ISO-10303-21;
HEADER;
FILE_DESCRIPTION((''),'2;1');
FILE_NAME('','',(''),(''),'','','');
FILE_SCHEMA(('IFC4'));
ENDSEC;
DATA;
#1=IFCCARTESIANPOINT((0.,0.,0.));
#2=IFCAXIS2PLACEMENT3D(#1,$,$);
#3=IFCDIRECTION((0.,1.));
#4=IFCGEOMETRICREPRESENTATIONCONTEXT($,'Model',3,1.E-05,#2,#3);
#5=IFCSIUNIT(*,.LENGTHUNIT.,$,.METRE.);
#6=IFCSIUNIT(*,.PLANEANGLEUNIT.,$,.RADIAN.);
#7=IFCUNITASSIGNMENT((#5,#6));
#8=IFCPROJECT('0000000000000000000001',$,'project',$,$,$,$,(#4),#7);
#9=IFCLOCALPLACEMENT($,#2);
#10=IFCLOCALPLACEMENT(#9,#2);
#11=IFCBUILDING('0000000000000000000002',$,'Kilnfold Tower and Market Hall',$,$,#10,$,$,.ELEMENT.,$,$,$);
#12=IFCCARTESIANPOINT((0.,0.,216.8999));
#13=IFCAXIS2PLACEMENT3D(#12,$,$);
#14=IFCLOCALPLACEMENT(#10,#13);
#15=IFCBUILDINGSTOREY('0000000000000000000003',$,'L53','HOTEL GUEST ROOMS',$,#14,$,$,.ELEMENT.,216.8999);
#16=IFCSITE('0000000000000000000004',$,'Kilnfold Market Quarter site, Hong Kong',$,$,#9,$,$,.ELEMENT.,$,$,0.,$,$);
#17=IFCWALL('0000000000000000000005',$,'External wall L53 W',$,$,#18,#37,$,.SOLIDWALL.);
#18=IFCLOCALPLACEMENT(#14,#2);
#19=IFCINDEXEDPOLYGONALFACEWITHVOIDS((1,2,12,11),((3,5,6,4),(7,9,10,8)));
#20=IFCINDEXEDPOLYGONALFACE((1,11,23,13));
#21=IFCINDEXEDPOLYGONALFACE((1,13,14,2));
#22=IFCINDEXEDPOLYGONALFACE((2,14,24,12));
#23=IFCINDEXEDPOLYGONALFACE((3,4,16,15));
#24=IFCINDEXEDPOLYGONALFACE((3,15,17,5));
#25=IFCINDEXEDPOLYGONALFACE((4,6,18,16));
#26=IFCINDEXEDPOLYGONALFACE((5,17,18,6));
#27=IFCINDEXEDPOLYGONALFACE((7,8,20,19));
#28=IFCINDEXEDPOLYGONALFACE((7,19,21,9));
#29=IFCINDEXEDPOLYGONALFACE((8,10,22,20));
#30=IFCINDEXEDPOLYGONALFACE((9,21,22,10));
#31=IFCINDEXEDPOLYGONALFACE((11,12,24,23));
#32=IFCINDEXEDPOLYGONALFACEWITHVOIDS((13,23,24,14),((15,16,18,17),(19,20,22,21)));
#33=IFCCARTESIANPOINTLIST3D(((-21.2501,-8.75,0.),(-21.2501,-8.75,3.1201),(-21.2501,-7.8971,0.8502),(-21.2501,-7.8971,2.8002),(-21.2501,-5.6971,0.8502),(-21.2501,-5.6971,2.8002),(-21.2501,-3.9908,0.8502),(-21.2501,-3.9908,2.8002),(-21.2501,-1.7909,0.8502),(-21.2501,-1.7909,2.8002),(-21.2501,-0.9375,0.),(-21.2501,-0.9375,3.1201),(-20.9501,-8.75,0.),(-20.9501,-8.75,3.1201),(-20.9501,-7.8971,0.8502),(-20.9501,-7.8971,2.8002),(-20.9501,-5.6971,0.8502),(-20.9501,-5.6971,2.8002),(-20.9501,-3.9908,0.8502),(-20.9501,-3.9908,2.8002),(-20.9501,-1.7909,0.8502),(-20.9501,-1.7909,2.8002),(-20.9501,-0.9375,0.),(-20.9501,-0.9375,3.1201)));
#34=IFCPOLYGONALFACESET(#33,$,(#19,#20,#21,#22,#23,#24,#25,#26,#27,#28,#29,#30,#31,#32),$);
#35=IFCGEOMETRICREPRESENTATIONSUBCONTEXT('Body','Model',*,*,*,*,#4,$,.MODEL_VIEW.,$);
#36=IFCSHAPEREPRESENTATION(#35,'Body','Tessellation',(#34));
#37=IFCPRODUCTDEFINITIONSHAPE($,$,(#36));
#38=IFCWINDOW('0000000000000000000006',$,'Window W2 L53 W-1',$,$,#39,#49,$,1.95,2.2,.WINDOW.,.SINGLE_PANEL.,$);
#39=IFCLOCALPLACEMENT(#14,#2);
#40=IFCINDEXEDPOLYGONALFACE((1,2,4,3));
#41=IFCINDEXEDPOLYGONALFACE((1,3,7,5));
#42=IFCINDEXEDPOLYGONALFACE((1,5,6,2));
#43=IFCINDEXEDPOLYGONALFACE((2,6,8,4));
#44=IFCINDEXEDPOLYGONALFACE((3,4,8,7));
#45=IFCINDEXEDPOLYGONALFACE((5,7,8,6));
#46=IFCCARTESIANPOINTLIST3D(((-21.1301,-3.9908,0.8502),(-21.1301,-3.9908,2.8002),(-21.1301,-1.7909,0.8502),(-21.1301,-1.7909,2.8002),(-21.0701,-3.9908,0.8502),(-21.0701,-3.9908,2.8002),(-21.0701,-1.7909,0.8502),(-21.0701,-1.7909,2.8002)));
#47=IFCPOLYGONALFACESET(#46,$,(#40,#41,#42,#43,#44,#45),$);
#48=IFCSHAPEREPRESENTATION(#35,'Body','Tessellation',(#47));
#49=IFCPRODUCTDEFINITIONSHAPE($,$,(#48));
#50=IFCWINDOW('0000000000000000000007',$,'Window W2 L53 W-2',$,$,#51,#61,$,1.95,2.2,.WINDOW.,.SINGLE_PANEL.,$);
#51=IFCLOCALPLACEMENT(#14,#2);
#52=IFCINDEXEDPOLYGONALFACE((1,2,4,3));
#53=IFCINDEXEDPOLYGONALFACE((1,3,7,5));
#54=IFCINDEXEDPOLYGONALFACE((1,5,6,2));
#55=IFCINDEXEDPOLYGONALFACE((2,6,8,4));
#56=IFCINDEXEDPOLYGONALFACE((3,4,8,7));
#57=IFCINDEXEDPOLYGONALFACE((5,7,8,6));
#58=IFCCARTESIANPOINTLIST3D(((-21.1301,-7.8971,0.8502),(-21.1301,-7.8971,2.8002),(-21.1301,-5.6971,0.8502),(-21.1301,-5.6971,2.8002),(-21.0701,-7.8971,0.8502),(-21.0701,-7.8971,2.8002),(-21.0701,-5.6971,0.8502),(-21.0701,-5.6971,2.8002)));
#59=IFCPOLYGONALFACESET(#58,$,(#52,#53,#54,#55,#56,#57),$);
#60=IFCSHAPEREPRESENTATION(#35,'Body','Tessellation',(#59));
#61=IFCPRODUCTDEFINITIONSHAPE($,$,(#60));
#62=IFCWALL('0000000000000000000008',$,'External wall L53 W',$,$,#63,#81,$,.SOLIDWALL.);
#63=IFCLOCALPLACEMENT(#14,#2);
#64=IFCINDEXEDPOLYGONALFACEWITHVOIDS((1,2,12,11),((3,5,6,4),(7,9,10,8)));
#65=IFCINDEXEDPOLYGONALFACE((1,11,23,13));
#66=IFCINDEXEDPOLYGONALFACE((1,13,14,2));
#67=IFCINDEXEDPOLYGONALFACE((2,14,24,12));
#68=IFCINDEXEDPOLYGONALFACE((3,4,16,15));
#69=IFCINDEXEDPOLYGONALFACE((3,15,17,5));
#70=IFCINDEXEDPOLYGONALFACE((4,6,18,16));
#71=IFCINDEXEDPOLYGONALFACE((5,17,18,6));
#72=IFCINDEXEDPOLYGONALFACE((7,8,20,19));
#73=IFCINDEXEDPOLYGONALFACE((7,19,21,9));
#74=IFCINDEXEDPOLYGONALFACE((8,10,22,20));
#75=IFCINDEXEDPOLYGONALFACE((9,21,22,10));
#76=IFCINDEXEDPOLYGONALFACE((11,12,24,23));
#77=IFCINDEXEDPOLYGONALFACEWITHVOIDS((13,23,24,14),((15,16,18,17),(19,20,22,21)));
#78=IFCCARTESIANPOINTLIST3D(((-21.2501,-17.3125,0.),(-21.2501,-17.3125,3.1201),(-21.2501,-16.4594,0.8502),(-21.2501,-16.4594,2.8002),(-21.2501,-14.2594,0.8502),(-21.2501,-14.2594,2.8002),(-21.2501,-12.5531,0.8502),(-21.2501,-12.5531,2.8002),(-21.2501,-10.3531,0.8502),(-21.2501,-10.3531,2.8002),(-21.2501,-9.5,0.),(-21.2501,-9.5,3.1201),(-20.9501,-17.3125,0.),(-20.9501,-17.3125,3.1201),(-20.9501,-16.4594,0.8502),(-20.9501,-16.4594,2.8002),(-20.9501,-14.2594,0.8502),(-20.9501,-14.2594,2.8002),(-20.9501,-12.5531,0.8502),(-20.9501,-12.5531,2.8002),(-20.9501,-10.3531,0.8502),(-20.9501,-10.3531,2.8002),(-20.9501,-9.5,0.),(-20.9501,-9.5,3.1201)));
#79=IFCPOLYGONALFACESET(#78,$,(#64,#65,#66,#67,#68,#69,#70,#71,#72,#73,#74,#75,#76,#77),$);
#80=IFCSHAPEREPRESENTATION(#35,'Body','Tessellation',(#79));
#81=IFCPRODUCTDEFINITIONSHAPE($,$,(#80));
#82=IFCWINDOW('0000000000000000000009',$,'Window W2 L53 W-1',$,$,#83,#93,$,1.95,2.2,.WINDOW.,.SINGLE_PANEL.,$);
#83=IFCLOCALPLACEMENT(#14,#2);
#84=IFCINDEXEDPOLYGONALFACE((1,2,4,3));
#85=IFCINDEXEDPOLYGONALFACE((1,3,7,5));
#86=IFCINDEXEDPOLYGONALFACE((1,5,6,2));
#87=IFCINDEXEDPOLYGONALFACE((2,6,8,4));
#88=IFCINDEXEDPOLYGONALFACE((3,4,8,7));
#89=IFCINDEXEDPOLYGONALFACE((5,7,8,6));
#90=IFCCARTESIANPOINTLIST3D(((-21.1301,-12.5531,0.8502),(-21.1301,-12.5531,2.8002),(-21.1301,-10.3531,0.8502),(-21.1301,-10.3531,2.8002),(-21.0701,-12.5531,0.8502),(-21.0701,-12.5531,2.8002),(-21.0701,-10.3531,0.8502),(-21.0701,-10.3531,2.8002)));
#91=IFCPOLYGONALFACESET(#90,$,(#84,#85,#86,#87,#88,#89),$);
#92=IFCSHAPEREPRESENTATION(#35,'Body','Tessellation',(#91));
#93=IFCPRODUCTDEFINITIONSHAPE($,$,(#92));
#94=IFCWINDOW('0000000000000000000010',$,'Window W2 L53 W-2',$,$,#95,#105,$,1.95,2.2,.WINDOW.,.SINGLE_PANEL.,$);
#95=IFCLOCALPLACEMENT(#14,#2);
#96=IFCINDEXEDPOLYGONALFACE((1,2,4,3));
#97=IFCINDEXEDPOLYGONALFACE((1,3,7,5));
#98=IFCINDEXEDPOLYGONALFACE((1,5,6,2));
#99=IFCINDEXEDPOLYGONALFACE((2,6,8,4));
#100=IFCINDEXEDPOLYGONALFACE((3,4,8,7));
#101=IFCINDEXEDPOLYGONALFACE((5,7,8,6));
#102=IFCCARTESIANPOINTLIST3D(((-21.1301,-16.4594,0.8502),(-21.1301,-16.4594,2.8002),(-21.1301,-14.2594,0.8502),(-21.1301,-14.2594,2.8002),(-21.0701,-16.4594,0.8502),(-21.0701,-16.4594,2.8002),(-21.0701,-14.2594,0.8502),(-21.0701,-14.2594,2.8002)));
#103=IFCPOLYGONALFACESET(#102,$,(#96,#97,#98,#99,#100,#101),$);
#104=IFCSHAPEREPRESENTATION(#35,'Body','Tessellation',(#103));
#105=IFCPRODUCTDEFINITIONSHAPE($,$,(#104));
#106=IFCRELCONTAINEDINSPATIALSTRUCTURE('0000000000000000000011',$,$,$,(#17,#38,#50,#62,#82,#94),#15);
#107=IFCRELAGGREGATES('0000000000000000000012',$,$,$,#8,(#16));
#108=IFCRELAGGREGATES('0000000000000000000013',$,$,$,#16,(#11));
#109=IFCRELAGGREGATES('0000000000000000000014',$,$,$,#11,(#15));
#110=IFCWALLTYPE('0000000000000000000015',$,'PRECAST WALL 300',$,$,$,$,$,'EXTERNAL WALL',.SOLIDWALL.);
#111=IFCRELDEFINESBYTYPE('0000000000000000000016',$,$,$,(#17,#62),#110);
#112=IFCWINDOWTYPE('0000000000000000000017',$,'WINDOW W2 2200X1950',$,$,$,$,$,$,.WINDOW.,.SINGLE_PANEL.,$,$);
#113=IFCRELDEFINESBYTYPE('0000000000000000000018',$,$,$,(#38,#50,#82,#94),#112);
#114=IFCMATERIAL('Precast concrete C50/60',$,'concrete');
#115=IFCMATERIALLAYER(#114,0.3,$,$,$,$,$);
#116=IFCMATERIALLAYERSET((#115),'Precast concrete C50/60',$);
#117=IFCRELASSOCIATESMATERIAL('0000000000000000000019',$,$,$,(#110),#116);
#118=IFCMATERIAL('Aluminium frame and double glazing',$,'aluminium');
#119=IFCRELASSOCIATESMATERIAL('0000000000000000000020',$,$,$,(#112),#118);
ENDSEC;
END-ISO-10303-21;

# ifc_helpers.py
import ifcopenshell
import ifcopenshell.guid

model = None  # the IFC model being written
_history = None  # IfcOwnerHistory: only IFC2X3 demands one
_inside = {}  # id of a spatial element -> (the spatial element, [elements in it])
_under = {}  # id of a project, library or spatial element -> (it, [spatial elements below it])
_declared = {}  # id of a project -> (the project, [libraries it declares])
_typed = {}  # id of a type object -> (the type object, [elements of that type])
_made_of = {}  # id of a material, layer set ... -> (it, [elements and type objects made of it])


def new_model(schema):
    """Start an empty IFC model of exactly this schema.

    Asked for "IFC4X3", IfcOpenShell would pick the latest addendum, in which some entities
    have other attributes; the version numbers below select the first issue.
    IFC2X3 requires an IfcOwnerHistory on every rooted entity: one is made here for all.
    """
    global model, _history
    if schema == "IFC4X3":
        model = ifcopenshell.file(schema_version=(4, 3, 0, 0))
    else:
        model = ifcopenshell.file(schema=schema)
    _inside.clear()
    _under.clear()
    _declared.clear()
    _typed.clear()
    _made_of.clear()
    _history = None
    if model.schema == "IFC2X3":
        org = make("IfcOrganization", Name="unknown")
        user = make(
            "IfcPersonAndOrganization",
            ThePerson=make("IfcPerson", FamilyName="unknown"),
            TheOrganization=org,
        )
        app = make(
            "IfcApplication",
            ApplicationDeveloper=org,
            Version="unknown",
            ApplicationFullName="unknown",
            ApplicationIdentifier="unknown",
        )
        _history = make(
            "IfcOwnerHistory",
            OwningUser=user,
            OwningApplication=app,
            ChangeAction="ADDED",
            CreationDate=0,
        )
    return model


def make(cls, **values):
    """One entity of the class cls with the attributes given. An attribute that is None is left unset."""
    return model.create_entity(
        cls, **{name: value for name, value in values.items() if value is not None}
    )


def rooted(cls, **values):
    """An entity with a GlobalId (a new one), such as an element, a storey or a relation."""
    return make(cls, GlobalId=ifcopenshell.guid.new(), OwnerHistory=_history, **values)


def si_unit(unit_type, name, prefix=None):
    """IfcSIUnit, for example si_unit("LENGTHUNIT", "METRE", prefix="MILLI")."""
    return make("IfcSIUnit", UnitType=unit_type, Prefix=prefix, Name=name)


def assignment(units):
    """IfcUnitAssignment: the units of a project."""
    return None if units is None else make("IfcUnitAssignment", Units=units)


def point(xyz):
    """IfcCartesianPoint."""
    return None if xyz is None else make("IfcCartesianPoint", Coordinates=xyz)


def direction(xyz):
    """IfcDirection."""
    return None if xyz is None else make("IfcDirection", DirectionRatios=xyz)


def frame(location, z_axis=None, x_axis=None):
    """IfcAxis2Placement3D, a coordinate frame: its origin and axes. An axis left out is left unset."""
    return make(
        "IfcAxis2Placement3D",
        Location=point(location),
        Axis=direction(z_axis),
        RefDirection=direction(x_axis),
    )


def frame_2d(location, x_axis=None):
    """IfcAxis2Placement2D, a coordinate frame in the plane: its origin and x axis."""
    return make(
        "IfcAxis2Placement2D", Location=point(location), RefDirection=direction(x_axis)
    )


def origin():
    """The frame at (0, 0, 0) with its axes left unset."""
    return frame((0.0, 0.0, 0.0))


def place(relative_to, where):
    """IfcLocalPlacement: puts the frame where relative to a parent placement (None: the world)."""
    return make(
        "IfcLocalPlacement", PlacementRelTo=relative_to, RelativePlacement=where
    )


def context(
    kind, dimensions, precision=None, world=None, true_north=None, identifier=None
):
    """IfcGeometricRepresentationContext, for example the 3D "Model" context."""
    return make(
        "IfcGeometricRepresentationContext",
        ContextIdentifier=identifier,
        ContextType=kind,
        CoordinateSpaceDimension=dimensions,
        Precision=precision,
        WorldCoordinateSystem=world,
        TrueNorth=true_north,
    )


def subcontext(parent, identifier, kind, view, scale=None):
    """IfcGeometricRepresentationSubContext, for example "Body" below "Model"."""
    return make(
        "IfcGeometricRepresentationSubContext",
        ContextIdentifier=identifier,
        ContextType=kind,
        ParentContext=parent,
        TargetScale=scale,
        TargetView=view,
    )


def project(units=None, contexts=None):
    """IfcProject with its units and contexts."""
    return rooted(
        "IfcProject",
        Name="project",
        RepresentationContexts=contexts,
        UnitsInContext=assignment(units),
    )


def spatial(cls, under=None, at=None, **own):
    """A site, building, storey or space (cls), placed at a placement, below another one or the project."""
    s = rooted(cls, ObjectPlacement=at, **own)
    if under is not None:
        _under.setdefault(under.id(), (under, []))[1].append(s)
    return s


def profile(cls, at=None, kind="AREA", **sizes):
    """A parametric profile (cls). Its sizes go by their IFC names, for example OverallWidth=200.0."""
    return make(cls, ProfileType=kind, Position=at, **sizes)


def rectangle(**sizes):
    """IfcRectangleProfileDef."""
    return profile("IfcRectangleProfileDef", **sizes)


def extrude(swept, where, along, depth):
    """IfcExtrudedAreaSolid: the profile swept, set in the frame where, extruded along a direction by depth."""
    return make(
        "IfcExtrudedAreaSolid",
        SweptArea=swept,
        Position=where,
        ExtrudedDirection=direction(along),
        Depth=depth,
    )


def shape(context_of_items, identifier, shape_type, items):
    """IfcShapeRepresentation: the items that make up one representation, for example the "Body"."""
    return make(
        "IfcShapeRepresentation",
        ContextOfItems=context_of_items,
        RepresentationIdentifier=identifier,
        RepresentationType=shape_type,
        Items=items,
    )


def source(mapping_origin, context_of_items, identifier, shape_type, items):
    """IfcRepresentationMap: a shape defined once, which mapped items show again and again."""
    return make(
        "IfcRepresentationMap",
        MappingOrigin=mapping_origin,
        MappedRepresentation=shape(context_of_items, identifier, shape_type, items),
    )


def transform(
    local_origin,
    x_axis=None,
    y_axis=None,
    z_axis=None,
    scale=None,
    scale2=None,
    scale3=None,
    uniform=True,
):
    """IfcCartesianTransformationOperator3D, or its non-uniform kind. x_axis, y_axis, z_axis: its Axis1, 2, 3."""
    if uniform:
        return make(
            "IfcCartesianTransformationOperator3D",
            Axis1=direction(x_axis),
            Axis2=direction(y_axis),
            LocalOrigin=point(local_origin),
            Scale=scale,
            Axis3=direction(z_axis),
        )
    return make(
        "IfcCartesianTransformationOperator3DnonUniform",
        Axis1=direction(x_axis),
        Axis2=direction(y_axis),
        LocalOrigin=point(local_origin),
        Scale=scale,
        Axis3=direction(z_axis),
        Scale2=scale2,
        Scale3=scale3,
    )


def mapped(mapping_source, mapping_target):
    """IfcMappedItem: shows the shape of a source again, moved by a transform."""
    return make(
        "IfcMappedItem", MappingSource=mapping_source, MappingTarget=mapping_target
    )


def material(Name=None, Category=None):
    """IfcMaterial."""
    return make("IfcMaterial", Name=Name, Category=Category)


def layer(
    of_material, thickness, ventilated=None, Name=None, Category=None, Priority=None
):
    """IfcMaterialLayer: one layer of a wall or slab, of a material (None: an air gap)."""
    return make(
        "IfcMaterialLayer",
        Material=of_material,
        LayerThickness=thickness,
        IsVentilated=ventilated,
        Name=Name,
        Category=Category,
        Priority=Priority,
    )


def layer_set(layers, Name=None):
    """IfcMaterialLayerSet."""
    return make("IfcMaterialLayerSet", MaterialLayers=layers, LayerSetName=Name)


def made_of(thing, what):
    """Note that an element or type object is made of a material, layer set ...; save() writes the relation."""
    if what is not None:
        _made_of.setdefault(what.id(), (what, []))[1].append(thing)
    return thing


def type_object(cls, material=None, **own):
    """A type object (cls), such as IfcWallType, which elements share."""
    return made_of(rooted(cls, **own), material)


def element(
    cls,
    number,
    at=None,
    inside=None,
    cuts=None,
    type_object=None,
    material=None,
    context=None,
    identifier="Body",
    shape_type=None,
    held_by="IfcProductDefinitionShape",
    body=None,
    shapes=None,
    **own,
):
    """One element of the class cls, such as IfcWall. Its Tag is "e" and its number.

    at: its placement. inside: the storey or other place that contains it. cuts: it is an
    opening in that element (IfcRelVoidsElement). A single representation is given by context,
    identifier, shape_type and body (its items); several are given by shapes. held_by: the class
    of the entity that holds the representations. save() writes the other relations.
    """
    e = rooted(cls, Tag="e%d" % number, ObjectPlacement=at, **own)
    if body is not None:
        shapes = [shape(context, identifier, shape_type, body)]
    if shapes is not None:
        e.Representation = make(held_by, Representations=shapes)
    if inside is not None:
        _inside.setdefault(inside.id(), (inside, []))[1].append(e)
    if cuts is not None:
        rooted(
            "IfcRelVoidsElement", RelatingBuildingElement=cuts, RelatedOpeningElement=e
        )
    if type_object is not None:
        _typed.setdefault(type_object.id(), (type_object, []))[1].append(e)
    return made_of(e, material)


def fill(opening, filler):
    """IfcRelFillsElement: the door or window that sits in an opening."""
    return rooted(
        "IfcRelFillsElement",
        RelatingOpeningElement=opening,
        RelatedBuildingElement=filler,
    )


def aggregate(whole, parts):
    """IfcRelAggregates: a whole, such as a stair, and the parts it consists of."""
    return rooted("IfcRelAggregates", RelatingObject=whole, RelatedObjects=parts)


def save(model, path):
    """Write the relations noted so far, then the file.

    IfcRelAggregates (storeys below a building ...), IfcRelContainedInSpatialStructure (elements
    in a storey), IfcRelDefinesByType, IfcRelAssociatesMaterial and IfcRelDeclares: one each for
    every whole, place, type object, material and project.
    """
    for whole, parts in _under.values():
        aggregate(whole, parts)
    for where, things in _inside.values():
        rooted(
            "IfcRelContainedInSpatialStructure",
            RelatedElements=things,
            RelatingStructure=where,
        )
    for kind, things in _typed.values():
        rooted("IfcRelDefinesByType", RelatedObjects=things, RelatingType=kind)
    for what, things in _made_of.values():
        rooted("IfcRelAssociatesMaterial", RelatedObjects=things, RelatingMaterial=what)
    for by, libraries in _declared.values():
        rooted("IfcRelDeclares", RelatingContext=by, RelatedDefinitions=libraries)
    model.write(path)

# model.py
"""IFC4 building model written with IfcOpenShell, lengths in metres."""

from ifc_helpers import new_model, si_unit, direction, frame, frame_2d, origin, place, context, subcontext, project, spatial, rectangle, extrude, source, transform, mapped, material, layer, layer_set, type_object, element, fill, save


model = new_model("IFC4")

# Units and contexts
model_context = context("Model", 3, precision=1e-05, world=origin(), true_north=direction((0.0, 1.0)))
body_context = subcontext(model_context, "Body", "Model", "MODEL_VIEW")
ifc_project = project(units=[si_unit("LENGTHUNIT", "METRE"), si_unit("PLANEANGLEUNIT", "RADIAN")], contexts=[model_context])

# Site, building, storey
site_placement = place(None, origin())
site = spatial("IfcSite", under=ifc_project, at=site_placement, Name="Kilnfold Market Quarter site, Hong Kong", CompositionType="ELEMENT", RefElevation=0.0)
building_placement = place(site_placement, origin())
building = spatial("IfcBuilding", under=site, at=building_placement, Name="Kilnfold Tower and Market Hall", CompositionType="ELEMENT")
storey_placement = place(building_placement, frame((0.0, 0.0, 216.8999)))
storey = spatial("IfcBuildingStorey", under=building, at=storey_placement, Name="L53", Description="HOTEL GUEST ROOMS", CompositionType="ELEMENT", Elevation=216.8999)

# Walls, openings, windows
ifc_material_1 = material(Name="Precast concrete C50/60", Category="concrete")
ifc_layer_1 = layer(ifc_material_1, 0.3)
ifc_layer_set_1 = layer_set([ifc_layer_1], Name="Precast concrete C50/60")
wall_type_1 = type_object("IfcWallType", Name="PRECAST WALL 300", ElementType="EXTERNAL WALL", PredefinedType="SOLIDWALL", material=ifc_layer_set_1)
shared_shape_1 = source(origin(), body_context, "Body", "SweptSolid", [
    extrude(rectangle(XDim=7.8125, YDim=0.3, at=frame_2d((3.9062, 0.0))), origin(), (0.0, 0.0, 1.0), 3.1201),
])
wall_1_placement = place(storey_placement, frame((-21.1001, -0.9375, 0.0), z_axis=(0.0, 0.0, 1.0), x_axis=(0.0, -1.0, 0.0)))
wall_1 = element("IfcWall", 1, at=wall_1_placement, inside=storey, type_object=wall_type_1, Name="External wall L53 W", PredefinedType="SOLIDWALL", context=body_context, shape_type="MappedRepresentation", body=[
    mapped(shared_shape_1, transform((0.0, 0.0, 0.0))),
])
opening_1_placement = place(wall_1_placement, frame((0.8533, 0.0, 0.8501)))
opening_1 = element("IfcOpeningElement", 2, at=opening_1_placement, cuts=wall_1, PredefinedType="OPENING", context=body_context, shape_type="SweptSolid", body=[
    extrude(rectangle(XDim=2.2, YDim=1.95, at=frame_2d((1.1001, 0.9751))), frame((0.0, 0.1602, 0.0), z_axis=(0.0, -1.0, 0.0), x_axis=(1.0, 0.0, 0.0)), (0.0, 0.0, 1.0), 0.3201),
])
opening_2_placement = place(wall_1_placement, frame((4.7595, 0.0, 0.8501)))
opening_2 = element("IfcOpeningElement", 3, at=opening_2_placement, cuts=wall_1, PredefinedType="OPENING", context=body_context, shape_type="SweptSolid", body=[
    extrude(rectangle(XDim=2.2, YDim=1.95, at=frame_2d((1.1001, 0.9751))), frame((0.0, 0.1602, 0.0), z_axis=(0.0, -1.0, 0.0), x_axis=(1.0, 0.0, 0.0)), (0.0, 0.0, 1.0), 0.3201),
])
ifc_material_2 = material(Name="Aluminium frame and double glazing", Category="aluminium")
window_type = type_object("IfcWindowType", Name="WINDOW W2 2200X1950", PartitioningType="SINGLE_PANEL", PredefinedType="WINDOW", material=ifc_material_2)
window_1_placement = place(opening_1_placement, origin())
window_1 = element("IfcWindow", 4, at=window_1_placement, inside=storey, type_object=window_type, Name="Window W2 L53 W-1", OverallHeight=1.95, OverallWidth=2.2, PartitioningType="SINGLE_PANEL", PredefinedType="WINDOW", context=body_context, shape_type="SweptSolid", body=[
    extrude(rectangle(XDim=2.2, YDim=1.95, at=frame_2d((1.1001, 0.9751))), frame((0.0, 0.03, 0.0), z_axis=(0.0, -1.0, 0.0), x_axis=(1.0, 0.0, 0.0)), (0.0, 0.0, 1.0), 0.0601),
])
fill(opening_1, window_1)
window_2_placement = place(opening_2_placement, origin())
window_2 = element("IfcWindow", 5, at=window_2_placement, inside=storey, type_object=window_type, Name="Window W2 L53 W-2", OverallHeight=1.95, OverallWidth=2.2, PartitioningType="SINGLE_PANEL", PredefinedType="WINDOW", context=body_context, shape_type="SweptSolid", body=[
    extrude(rectangle(XDim=2.2, YDim=1.95, at=frame_2d((1.1001, 0.9751))), frame((0.0, 0.03, 0.0), z_axis=(0.0, -1.0, 0.0), x_axis=(1.0, 0.0, 0.0)), (0.0, 0.0, 1.0), 0.0601),
])
fill(opening_2, window_2)
wall_2_placement = place(storey_placement, frame((-21.1001, -9.5, 0.0), z_axis=(0.0, 0.0, 1.0), x_axis=(0.0, -1.0, 0.0)))
wall_2 = element("IfcWall", 6, at=wall_2_placement, inside=storey, type_object=wall_type_1, Name="External wall L53 W", PredefinedType="SOLIDWALL", context=body_context, shape_type="MappedRepresentation", body=[
    mapped(shared_shape_1, transform((0.0, 0.0, 0.0))),
])
opening_3_placement = place(wall_2_placement, frame((0.853, 0.0, 0.8501)))
opening_3 = element("IfcOpeningElement", 7, at=opening_3_placement, cuts=wall_2, PredefinedType="OPENING", context=body_context, shape_type="SweptSolid", body=[
    extrude(rectangle(XDim=2.2, YDim=1.95, at=frame_2d((1.1001, 0.9751))), frame((0.0, 0.1602, 0.0), z_axis=(0.0, -1.0, 0.0), x_axis=(1.0, 0.0, 0.0)), (0.0, 0.0, 1.0), 0.3201),
])
opening_4_placement = place(wall_2_placement, frame((4.7593, 0.0, 0.8501)))
opening_4 = element("IfcOpeningElement", 8, at=opening_4_placement, cuts=wall_2, PredefinedType="OPENING", context=body_context, shape_type="SweptSolid", body=[
    extrude(rectangle(XDim=2.2, YDim=1.95, at=frame_2d((1.1001, 0.9751))), frame((0.0, 0.1602, 0.0), z_axis=(0.0, -1.0, 0.0), x_axis=(1.0, 0.0, 0.0)), (0.0, 0.0, 1.0), 0.3201),
])
window_3_placement = place(opening_3_placement, origin())
window_3 = element("IfcWindow", 9, at=window_3_placement, inside=storey, type_object=window_type, Name="Window W2 L53 W-1", OverallHeight=1.95, OverallWidth=2.2, PartitioningType="SINGLE_PANEL", PredefinedType="WINDOW", context=body_context, shape_type="SweptSolid", body=[
    extrude(rectangle(XDim=2.2, YDim=1.95, at=frame_2d((1.1001, 0.9751))), frame((0.0, 0.03, 0.0), z_axis=(0.0, -1.0, 0.0), x_axis=(1.0, 0.0, 0.0)), (0.0, 0.0, 1.0), 0.0601),
])
fill(opening_3, window_3)
window_4_placement = place(opening_4_placement, origin())
window_4 = element("IfcWindow", 10, at=window_4_placement, inside=storey, type_object=window_type, Name="Window W2 L53 W-2", OverallHeight=1.95, OverallWidth=2.2, PartitioningType="SINGLE_PANEL", PredefinedType="WINDOW", context=body_context, shape_type="SweptSolid", body=[
    extrude(rectangle(XDim=2.2, YDim=1.95, at=frame_2d((1.1001, 0.9751))), frame((0.0, 0.03, 0.0), z_axis=(0.0, -1.0, 0.0), x_axis=(1.0, 0.0, 0.0)), (0.0, 0.0, 1.0), 0.0601),
])
fill(opening_4, window_4)

save(model, "model.ifc")
